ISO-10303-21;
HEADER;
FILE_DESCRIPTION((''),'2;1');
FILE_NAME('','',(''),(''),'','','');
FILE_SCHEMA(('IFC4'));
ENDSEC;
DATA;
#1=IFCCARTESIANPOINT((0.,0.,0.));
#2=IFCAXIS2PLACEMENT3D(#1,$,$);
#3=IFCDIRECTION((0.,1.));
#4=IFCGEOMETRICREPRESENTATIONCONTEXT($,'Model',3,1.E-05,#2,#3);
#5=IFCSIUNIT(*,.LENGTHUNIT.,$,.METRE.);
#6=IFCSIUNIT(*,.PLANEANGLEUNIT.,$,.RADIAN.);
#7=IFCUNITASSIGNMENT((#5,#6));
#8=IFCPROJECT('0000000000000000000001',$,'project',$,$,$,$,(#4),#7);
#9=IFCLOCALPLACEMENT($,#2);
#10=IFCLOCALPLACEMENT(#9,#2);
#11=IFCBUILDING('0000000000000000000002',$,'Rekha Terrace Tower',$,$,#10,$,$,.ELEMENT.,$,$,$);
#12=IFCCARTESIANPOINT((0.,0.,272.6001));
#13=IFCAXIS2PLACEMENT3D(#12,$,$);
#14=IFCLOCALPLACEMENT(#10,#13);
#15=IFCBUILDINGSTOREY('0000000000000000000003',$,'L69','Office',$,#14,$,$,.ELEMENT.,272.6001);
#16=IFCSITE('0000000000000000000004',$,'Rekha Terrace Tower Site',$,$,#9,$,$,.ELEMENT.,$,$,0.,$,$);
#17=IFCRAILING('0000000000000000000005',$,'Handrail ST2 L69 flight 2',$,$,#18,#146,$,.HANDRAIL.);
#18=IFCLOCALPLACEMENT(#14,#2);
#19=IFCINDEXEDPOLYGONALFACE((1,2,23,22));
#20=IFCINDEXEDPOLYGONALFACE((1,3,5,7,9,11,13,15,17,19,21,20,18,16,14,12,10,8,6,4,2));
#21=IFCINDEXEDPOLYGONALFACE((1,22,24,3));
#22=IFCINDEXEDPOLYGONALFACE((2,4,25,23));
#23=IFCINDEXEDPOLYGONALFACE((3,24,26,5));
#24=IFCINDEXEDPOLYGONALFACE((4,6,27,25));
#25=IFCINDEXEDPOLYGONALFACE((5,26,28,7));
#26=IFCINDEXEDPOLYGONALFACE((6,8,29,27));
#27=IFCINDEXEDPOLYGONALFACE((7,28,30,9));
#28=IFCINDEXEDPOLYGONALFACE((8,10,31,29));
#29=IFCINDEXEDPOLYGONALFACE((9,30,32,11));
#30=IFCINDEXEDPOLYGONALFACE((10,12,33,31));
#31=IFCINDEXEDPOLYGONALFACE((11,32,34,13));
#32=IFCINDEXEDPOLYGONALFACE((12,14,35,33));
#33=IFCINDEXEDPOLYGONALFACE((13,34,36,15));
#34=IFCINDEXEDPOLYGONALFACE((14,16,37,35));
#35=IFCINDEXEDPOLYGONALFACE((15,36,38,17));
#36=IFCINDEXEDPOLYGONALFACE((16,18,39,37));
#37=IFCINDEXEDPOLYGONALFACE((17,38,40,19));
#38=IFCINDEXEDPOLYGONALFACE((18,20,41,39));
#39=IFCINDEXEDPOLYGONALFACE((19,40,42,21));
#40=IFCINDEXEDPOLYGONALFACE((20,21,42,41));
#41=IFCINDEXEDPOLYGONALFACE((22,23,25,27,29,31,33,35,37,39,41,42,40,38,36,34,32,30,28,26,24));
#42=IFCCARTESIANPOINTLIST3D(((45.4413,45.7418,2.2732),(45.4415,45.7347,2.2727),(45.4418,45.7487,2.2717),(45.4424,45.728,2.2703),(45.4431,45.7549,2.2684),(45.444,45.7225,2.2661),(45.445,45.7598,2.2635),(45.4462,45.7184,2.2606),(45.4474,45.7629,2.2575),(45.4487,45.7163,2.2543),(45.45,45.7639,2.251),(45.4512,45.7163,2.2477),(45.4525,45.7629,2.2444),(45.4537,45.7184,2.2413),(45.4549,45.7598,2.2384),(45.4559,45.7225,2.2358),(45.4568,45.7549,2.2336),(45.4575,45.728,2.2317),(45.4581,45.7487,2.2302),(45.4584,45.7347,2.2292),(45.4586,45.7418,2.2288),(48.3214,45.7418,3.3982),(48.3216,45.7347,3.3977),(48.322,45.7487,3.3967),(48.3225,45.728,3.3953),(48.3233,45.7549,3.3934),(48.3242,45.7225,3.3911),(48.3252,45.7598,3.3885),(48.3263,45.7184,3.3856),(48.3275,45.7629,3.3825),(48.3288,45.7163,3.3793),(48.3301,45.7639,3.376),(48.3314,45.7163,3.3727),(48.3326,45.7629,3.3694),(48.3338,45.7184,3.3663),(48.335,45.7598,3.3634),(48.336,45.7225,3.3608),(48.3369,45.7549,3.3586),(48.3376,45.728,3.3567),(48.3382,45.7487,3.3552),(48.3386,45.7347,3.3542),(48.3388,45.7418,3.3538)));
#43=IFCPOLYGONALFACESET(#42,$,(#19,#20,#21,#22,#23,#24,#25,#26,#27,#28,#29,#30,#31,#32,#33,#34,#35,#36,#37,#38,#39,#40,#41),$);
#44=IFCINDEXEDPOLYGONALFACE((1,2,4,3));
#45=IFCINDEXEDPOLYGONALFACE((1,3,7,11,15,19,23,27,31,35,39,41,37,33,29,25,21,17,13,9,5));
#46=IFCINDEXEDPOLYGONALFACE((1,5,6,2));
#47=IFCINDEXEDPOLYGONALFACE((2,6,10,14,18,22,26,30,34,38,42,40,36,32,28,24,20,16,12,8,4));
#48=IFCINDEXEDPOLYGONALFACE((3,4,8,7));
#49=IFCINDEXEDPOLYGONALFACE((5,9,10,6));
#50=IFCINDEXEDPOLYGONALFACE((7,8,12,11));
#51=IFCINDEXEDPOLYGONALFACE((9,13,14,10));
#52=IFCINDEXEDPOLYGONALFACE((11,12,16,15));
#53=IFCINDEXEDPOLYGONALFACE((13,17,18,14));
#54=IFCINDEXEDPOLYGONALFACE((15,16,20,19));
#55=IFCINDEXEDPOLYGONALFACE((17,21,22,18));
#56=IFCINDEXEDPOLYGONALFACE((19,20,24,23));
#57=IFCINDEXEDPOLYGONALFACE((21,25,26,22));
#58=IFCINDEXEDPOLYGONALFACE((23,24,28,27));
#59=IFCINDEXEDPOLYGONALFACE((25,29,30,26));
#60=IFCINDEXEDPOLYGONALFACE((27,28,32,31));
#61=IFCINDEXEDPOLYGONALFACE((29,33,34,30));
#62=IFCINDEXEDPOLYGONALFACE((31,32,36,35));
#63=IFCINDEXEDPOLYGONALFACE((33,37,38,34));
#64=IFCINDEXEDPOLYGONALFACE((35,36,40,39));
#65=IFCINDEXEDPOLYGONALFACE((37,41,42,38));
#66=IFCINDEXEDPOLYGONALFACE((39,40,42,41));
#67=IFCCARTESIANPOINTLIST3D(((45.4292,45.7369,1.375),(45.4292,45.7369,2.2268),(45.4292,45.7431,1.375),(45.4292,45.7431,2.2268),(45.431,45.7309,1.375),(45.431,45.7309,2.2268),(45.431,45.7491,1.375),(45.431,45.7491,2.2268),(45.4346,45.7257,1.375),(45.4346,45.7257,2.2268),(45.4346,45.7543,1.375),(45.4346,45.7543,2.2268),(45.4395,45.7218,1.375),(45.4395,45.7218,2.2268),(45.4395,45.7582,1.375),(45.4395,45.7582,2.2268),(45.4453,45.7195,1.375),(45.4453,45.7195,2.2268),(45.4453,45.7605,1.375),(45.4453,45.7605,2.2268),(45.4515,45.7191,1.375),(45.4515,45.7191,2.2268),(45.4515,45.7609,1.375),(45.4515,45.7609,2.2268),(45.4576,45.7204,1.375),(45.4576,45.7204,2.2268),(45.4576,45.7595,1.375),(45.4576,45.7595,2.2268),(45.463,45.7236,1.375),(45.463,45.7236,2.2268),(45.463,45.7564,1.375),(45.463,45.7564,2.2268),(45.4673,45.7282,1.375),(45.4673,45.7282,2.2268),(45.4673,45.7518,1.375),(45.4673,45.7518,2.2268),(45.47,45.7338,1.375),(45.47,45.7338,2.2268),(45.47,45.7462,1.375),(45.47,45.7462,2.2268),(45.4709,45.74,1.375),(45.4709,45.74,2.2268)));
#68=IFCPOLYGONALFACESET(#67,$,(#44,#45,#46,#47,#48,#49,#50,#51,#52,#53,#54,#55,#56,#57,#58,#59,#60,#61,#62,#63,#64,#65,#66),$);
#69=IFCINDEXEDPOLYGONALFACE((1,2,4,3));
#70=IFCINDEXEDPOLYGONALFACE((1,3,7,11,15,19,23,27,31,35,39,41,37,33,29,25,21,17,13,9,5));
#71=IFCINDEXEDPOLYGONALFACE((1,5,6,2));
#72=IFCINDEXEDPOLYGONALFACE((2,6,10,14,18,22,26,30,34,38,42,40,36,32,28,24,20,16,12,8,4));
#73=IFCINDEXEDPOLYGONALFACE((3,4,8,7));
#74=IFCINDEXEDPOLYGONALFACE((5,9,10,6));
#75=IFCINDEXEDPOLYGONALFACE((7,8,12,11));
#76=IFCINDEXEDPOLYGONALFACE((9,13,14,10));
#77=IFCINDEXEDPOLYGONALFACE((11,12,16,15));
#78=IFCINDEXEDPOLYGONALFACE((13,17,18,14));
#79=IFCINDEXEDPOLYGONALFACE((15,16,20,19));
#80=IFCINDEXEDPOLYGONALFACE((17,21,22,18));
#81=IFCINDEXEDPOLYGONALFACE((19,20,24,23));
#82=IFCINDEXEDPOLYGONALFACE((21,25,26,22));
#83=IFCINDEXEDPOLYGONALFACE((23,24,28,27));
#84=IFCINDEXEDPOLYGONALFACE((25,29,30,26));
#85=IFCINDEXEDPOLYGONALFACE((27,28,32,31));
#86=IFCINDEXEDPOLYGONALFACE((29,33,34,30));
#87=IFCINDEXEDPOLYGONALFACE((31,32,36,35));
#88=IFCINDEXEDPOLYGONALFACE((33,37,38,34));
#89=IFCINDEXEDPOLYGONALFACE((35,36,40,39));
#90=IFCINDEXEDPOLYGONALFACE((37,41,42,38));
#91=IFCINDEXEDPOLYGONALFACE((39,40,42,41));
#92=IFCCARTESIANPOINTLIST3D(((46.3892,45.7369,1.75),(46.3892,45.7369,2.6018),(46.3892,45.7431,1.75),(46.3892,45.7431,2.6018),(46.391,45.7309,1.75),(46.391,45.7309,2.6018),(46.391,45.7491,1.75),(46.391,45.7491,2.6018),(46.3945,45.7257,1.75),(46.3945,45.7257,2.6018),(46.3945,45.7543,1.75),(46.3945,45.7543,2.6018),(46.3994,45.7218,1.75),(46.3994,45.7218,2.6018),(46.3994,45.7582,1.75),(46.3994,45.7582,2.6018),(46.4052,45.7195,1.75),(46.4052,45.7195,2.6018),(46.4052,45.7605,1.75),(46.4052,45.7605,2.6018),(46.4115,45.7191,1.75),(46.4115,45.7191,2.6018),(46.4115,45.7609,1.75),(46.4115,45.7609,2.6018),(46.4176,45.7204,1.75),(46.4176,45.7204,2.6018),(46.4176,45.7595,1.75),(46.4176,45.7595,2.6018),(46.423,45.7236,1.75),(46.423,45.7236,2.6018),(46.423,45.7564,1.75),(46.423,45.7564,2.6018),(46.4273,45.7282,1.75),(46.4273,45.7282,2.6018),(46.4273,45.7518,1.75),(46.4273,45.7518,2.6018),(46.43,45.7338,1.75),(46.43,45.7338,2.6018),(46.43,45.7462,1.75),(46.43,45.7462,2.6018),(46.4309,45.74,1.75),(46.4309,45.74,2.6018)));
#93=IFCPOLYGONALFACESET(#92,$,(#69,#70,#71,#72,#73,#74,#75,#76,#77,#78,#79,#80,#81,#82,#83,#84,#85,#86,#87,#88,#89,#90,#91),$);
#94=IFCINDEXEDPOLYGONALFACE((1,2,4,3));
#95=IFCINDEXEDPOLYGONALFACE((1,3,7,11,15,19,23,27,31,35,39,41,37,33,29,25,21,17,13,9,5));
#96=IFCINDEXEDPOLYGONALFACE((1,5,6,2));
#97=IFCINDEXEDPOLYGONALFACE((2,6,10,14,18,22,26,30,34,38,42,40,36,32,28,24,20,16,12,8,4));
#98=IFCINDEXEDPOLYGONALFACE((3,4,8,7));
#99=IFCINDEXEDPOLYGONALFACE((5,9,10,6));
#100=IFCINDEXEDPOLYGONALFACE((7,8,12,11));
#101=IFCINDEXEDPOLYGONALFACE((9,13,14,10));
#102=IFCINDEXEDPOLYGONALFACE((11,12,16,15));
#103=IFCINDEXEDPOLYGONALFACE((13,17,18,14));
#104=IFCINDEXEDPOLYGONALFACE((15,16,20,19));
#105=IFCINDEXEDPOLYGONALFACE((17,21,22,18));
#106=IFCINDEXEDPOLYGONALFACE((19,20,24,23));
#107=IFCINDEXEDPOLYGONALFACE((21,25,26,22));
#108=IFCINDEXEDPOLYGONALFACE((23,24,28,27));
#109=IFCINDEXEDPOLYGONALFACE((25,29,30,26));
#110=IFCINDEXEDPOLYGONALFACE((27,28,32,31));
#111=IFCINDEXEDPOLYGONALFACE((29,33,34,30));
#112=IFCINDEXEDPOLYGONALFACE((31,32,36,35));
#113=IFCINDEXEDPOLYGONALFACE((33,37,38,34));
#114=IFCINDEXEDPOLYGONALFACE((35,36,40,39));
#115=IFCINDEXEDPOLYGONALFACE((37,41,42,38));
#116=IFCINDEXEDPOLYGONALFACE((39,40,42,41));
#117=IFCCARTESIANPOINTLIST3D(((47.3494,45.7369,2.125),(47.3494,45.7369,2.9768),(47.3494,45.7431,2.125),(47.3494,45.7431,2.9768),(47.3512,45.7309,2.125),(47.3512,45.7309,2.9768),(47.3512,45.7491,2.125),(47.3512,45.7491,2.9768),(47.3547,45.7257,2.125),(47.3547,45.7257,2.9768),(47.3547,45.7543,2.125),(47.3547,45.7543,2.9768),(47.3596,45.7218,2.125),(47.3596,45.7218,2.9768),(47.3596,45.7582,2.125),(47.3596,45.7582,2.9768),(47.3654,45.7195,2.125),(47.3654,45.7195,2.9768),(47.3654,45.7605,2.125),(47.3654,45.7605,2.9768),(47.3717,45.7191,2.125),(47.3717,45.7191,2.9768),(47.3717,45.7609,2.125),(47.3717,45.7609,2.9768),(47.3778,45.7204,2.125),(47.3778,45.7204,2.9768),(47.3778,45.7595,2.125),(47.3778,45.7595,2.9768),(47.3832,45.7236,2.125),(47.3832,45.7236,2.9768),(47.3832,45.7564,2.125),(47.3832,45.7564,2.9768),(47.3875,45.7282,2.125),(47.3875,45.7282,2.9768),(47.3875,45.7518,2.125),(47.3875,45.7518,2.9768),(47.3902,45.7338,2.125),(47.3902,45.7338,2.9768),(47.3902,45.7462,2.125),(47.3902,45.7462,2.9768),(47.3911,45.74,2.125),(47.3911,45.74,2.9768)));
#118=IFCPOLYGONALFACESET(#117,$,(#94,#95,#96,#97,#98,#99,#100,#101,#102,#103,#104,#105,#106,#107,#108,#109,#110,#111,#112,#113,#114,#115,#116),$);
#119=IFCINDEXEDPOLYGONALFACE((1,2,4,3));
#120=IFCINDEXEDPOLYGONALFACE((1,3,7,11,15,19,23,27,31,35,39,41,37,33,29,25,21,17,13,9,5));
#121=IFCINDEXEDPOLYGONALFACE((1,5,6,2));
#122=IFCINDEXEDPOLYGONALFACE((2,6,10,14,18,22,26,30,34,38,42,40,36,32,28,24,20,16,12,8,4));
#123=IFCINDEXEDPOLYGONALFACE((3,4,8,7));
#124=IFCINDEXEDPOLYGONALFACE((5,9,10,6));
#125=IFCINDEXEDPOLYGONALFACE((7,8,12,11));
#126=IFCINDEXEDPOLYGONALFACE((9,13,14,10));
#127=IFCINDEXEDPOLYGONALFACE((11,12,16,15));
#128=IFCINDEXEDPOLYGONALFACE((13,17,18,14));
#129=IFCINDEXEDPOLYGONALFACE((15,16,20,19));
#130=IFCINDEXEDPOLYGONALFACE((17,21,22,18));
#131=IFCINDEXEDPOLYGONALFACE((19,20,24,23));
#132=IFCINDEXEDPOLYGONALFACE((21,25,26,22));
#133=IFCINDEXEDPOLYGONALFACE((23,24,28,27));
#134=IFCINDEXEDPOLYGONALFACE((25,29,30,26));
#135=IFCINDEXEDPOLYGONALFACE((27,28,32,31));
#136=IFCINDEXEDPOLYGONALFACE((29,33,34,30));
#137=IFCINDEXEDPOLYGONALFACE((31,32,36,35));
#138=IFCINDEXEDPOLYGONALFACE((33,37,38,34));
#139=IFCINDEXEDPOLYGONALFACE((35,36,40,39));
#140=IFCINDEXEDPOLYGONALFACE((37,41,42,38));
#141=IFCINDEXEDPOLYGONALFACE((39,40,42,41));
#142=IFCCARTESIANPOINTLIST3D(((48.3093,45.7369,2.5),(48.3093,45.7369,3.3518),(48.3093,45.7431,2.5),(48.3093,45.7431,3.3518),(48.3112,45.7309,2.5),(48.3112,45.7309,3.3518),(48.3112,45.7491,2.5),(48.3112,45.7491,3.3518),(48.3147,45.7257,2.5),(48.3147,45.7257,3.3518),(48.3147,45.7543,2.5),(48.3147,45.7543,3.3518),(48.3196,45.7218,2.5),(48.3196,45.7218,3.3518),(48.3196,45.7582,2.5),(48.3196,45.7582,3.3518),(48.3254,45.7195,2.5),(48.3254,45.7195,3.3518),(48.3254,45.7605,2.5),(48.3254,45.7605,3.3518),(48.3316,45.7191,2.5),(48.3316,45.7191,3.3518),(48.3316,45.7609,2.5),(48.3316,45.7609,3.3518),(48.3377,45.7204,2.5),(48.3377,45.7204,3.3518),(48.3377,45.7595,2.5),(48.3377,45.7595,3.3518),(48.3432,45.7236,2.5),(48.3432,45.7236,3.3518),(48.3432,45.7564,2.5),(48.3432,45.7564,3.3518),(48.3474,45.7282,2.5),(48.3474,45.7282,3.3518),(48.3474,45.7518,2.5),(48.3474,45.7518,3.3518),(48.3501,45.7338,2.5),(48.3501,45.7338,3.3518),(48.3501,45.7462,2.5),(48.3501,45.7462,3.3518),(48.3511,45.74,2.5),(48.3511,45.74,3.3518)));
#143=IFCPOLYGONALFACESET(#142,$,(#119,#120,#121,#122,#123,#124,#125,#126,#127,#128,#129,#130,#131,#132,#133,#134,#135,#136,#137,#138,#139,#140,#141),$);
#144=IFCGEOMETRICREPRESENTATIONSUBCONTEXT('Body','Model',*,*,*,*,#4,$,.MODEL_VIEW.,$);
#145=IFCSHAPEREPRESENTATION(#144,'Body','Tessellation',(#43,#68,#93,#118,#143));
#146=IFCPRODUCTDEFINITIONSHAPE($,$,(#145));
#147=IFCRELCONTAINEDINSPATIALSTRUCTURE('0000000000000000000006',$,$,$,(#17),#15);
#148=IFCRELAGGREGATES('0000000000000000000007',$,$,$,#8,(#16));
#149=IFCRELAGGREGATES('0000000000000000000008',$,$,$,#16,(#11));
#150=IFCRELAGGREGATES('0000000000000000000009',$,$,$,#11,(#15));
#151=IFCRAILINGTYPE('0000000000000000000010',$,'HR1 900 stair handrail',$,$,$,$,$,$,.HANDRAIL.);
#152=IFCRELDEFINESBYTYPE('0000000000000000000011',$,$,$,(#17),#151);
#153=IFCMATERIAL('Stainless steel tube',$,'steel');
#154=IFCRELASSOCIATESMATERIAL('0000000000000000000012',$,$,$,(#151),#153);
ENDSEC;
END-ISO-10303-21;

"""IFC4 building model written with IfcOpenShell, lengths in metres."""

from ifc_helpers import new_model, si_unit, direction, frame, origin, origin_2d, place, context, subcontext, project, spatial, circle, extrude, material, type_object, element, save


model = new_model("IFC4")

# Units and contexts
model_context = context("Model", 3, precision=1e-05, world=origin(), true_north=direction((0.0, 1.0)))
body_context = subcontext(model_context, "Body", "Model", "MODEL_VIEW")
ifc_project = project(units=[si_unit("LENGTHUNIT", "METRE"), si_unit("PLANEANGLEUNIT", "RADIAN")], contexts=[model_context])

# Site, building, storey
site_placement = place(None, origin())
site = spatial("IfcSite", under=ifc_project, at=site_placement, Name="Rekha Terrace Tower Site", CompositionType="ELEMENT", RefElevation=0.0)
building_placement = place(site_placement, origin())
building = spatial("IfcBuilding", under=site, at=building_placement, Name="Rekha Terrace Tower", CompositionType="ELEMENT")
storey_placement = place(building_placement, frame((0.0, 0.0, 272.6001)))
storey = spatial("IfcBuildingStorey", under=building, at=storey_placement, Name="L69", Description="Office", CompositionType="ELEMENT", Elevation=272.6001)

# Railing
ifc_material_1 = material(Name="Stainless steel tube", Category="steel")
railing_type_1 = type_object("IfcRailingType", Name="HR1 900 stair handrail", PredefinedType="HANDRAIL", material=ifc_material_1)
railing_1_placement = place(storey_placement, frame((45.45, 45.74, 1.375)))
element("IfcRailing", 1, at=railing_1_placement, inside=storey, type_object=railing_type_1, Name="Handrail ST2 L69 flight 2", PredefinedType="HANDRAIL", context=body_context, shape_type="SweptSolid", body=[
    extrude(circle(Radius=0.0239, at=origin_2d()), frame((0.0, 0.0, 0.876), z_axis=(0.931463, 0.0, 0.363837), x_axis=(0.0, 1.0, 0.0)), (0.0, 0.0, 1.0), 3.092),
    extrude(circle(Radius=0.021, at=origin_2d()), origin(), (0.0, 0.0, 1.0), 0.8518),
    extrude(circle(Radius=0.021, at=origin_2d()), frame((0.96, 0.0, 0.375)), (0.0, 0.0, 1.0), 0.8518),
    extrude(circle(Radius=0.021, at=origin_2d()), frame((1.9202, 0.0, 0.75)), (0.0, 0.0, 1.0), 0.8518),
    extrude(circle(Radius=0.021, at=origin_2d()), frame((2.8801, 0.0, 1.125)), (0.0, 0.0, 1.0), 0.8518),
])

save(model, "model.ifc")
